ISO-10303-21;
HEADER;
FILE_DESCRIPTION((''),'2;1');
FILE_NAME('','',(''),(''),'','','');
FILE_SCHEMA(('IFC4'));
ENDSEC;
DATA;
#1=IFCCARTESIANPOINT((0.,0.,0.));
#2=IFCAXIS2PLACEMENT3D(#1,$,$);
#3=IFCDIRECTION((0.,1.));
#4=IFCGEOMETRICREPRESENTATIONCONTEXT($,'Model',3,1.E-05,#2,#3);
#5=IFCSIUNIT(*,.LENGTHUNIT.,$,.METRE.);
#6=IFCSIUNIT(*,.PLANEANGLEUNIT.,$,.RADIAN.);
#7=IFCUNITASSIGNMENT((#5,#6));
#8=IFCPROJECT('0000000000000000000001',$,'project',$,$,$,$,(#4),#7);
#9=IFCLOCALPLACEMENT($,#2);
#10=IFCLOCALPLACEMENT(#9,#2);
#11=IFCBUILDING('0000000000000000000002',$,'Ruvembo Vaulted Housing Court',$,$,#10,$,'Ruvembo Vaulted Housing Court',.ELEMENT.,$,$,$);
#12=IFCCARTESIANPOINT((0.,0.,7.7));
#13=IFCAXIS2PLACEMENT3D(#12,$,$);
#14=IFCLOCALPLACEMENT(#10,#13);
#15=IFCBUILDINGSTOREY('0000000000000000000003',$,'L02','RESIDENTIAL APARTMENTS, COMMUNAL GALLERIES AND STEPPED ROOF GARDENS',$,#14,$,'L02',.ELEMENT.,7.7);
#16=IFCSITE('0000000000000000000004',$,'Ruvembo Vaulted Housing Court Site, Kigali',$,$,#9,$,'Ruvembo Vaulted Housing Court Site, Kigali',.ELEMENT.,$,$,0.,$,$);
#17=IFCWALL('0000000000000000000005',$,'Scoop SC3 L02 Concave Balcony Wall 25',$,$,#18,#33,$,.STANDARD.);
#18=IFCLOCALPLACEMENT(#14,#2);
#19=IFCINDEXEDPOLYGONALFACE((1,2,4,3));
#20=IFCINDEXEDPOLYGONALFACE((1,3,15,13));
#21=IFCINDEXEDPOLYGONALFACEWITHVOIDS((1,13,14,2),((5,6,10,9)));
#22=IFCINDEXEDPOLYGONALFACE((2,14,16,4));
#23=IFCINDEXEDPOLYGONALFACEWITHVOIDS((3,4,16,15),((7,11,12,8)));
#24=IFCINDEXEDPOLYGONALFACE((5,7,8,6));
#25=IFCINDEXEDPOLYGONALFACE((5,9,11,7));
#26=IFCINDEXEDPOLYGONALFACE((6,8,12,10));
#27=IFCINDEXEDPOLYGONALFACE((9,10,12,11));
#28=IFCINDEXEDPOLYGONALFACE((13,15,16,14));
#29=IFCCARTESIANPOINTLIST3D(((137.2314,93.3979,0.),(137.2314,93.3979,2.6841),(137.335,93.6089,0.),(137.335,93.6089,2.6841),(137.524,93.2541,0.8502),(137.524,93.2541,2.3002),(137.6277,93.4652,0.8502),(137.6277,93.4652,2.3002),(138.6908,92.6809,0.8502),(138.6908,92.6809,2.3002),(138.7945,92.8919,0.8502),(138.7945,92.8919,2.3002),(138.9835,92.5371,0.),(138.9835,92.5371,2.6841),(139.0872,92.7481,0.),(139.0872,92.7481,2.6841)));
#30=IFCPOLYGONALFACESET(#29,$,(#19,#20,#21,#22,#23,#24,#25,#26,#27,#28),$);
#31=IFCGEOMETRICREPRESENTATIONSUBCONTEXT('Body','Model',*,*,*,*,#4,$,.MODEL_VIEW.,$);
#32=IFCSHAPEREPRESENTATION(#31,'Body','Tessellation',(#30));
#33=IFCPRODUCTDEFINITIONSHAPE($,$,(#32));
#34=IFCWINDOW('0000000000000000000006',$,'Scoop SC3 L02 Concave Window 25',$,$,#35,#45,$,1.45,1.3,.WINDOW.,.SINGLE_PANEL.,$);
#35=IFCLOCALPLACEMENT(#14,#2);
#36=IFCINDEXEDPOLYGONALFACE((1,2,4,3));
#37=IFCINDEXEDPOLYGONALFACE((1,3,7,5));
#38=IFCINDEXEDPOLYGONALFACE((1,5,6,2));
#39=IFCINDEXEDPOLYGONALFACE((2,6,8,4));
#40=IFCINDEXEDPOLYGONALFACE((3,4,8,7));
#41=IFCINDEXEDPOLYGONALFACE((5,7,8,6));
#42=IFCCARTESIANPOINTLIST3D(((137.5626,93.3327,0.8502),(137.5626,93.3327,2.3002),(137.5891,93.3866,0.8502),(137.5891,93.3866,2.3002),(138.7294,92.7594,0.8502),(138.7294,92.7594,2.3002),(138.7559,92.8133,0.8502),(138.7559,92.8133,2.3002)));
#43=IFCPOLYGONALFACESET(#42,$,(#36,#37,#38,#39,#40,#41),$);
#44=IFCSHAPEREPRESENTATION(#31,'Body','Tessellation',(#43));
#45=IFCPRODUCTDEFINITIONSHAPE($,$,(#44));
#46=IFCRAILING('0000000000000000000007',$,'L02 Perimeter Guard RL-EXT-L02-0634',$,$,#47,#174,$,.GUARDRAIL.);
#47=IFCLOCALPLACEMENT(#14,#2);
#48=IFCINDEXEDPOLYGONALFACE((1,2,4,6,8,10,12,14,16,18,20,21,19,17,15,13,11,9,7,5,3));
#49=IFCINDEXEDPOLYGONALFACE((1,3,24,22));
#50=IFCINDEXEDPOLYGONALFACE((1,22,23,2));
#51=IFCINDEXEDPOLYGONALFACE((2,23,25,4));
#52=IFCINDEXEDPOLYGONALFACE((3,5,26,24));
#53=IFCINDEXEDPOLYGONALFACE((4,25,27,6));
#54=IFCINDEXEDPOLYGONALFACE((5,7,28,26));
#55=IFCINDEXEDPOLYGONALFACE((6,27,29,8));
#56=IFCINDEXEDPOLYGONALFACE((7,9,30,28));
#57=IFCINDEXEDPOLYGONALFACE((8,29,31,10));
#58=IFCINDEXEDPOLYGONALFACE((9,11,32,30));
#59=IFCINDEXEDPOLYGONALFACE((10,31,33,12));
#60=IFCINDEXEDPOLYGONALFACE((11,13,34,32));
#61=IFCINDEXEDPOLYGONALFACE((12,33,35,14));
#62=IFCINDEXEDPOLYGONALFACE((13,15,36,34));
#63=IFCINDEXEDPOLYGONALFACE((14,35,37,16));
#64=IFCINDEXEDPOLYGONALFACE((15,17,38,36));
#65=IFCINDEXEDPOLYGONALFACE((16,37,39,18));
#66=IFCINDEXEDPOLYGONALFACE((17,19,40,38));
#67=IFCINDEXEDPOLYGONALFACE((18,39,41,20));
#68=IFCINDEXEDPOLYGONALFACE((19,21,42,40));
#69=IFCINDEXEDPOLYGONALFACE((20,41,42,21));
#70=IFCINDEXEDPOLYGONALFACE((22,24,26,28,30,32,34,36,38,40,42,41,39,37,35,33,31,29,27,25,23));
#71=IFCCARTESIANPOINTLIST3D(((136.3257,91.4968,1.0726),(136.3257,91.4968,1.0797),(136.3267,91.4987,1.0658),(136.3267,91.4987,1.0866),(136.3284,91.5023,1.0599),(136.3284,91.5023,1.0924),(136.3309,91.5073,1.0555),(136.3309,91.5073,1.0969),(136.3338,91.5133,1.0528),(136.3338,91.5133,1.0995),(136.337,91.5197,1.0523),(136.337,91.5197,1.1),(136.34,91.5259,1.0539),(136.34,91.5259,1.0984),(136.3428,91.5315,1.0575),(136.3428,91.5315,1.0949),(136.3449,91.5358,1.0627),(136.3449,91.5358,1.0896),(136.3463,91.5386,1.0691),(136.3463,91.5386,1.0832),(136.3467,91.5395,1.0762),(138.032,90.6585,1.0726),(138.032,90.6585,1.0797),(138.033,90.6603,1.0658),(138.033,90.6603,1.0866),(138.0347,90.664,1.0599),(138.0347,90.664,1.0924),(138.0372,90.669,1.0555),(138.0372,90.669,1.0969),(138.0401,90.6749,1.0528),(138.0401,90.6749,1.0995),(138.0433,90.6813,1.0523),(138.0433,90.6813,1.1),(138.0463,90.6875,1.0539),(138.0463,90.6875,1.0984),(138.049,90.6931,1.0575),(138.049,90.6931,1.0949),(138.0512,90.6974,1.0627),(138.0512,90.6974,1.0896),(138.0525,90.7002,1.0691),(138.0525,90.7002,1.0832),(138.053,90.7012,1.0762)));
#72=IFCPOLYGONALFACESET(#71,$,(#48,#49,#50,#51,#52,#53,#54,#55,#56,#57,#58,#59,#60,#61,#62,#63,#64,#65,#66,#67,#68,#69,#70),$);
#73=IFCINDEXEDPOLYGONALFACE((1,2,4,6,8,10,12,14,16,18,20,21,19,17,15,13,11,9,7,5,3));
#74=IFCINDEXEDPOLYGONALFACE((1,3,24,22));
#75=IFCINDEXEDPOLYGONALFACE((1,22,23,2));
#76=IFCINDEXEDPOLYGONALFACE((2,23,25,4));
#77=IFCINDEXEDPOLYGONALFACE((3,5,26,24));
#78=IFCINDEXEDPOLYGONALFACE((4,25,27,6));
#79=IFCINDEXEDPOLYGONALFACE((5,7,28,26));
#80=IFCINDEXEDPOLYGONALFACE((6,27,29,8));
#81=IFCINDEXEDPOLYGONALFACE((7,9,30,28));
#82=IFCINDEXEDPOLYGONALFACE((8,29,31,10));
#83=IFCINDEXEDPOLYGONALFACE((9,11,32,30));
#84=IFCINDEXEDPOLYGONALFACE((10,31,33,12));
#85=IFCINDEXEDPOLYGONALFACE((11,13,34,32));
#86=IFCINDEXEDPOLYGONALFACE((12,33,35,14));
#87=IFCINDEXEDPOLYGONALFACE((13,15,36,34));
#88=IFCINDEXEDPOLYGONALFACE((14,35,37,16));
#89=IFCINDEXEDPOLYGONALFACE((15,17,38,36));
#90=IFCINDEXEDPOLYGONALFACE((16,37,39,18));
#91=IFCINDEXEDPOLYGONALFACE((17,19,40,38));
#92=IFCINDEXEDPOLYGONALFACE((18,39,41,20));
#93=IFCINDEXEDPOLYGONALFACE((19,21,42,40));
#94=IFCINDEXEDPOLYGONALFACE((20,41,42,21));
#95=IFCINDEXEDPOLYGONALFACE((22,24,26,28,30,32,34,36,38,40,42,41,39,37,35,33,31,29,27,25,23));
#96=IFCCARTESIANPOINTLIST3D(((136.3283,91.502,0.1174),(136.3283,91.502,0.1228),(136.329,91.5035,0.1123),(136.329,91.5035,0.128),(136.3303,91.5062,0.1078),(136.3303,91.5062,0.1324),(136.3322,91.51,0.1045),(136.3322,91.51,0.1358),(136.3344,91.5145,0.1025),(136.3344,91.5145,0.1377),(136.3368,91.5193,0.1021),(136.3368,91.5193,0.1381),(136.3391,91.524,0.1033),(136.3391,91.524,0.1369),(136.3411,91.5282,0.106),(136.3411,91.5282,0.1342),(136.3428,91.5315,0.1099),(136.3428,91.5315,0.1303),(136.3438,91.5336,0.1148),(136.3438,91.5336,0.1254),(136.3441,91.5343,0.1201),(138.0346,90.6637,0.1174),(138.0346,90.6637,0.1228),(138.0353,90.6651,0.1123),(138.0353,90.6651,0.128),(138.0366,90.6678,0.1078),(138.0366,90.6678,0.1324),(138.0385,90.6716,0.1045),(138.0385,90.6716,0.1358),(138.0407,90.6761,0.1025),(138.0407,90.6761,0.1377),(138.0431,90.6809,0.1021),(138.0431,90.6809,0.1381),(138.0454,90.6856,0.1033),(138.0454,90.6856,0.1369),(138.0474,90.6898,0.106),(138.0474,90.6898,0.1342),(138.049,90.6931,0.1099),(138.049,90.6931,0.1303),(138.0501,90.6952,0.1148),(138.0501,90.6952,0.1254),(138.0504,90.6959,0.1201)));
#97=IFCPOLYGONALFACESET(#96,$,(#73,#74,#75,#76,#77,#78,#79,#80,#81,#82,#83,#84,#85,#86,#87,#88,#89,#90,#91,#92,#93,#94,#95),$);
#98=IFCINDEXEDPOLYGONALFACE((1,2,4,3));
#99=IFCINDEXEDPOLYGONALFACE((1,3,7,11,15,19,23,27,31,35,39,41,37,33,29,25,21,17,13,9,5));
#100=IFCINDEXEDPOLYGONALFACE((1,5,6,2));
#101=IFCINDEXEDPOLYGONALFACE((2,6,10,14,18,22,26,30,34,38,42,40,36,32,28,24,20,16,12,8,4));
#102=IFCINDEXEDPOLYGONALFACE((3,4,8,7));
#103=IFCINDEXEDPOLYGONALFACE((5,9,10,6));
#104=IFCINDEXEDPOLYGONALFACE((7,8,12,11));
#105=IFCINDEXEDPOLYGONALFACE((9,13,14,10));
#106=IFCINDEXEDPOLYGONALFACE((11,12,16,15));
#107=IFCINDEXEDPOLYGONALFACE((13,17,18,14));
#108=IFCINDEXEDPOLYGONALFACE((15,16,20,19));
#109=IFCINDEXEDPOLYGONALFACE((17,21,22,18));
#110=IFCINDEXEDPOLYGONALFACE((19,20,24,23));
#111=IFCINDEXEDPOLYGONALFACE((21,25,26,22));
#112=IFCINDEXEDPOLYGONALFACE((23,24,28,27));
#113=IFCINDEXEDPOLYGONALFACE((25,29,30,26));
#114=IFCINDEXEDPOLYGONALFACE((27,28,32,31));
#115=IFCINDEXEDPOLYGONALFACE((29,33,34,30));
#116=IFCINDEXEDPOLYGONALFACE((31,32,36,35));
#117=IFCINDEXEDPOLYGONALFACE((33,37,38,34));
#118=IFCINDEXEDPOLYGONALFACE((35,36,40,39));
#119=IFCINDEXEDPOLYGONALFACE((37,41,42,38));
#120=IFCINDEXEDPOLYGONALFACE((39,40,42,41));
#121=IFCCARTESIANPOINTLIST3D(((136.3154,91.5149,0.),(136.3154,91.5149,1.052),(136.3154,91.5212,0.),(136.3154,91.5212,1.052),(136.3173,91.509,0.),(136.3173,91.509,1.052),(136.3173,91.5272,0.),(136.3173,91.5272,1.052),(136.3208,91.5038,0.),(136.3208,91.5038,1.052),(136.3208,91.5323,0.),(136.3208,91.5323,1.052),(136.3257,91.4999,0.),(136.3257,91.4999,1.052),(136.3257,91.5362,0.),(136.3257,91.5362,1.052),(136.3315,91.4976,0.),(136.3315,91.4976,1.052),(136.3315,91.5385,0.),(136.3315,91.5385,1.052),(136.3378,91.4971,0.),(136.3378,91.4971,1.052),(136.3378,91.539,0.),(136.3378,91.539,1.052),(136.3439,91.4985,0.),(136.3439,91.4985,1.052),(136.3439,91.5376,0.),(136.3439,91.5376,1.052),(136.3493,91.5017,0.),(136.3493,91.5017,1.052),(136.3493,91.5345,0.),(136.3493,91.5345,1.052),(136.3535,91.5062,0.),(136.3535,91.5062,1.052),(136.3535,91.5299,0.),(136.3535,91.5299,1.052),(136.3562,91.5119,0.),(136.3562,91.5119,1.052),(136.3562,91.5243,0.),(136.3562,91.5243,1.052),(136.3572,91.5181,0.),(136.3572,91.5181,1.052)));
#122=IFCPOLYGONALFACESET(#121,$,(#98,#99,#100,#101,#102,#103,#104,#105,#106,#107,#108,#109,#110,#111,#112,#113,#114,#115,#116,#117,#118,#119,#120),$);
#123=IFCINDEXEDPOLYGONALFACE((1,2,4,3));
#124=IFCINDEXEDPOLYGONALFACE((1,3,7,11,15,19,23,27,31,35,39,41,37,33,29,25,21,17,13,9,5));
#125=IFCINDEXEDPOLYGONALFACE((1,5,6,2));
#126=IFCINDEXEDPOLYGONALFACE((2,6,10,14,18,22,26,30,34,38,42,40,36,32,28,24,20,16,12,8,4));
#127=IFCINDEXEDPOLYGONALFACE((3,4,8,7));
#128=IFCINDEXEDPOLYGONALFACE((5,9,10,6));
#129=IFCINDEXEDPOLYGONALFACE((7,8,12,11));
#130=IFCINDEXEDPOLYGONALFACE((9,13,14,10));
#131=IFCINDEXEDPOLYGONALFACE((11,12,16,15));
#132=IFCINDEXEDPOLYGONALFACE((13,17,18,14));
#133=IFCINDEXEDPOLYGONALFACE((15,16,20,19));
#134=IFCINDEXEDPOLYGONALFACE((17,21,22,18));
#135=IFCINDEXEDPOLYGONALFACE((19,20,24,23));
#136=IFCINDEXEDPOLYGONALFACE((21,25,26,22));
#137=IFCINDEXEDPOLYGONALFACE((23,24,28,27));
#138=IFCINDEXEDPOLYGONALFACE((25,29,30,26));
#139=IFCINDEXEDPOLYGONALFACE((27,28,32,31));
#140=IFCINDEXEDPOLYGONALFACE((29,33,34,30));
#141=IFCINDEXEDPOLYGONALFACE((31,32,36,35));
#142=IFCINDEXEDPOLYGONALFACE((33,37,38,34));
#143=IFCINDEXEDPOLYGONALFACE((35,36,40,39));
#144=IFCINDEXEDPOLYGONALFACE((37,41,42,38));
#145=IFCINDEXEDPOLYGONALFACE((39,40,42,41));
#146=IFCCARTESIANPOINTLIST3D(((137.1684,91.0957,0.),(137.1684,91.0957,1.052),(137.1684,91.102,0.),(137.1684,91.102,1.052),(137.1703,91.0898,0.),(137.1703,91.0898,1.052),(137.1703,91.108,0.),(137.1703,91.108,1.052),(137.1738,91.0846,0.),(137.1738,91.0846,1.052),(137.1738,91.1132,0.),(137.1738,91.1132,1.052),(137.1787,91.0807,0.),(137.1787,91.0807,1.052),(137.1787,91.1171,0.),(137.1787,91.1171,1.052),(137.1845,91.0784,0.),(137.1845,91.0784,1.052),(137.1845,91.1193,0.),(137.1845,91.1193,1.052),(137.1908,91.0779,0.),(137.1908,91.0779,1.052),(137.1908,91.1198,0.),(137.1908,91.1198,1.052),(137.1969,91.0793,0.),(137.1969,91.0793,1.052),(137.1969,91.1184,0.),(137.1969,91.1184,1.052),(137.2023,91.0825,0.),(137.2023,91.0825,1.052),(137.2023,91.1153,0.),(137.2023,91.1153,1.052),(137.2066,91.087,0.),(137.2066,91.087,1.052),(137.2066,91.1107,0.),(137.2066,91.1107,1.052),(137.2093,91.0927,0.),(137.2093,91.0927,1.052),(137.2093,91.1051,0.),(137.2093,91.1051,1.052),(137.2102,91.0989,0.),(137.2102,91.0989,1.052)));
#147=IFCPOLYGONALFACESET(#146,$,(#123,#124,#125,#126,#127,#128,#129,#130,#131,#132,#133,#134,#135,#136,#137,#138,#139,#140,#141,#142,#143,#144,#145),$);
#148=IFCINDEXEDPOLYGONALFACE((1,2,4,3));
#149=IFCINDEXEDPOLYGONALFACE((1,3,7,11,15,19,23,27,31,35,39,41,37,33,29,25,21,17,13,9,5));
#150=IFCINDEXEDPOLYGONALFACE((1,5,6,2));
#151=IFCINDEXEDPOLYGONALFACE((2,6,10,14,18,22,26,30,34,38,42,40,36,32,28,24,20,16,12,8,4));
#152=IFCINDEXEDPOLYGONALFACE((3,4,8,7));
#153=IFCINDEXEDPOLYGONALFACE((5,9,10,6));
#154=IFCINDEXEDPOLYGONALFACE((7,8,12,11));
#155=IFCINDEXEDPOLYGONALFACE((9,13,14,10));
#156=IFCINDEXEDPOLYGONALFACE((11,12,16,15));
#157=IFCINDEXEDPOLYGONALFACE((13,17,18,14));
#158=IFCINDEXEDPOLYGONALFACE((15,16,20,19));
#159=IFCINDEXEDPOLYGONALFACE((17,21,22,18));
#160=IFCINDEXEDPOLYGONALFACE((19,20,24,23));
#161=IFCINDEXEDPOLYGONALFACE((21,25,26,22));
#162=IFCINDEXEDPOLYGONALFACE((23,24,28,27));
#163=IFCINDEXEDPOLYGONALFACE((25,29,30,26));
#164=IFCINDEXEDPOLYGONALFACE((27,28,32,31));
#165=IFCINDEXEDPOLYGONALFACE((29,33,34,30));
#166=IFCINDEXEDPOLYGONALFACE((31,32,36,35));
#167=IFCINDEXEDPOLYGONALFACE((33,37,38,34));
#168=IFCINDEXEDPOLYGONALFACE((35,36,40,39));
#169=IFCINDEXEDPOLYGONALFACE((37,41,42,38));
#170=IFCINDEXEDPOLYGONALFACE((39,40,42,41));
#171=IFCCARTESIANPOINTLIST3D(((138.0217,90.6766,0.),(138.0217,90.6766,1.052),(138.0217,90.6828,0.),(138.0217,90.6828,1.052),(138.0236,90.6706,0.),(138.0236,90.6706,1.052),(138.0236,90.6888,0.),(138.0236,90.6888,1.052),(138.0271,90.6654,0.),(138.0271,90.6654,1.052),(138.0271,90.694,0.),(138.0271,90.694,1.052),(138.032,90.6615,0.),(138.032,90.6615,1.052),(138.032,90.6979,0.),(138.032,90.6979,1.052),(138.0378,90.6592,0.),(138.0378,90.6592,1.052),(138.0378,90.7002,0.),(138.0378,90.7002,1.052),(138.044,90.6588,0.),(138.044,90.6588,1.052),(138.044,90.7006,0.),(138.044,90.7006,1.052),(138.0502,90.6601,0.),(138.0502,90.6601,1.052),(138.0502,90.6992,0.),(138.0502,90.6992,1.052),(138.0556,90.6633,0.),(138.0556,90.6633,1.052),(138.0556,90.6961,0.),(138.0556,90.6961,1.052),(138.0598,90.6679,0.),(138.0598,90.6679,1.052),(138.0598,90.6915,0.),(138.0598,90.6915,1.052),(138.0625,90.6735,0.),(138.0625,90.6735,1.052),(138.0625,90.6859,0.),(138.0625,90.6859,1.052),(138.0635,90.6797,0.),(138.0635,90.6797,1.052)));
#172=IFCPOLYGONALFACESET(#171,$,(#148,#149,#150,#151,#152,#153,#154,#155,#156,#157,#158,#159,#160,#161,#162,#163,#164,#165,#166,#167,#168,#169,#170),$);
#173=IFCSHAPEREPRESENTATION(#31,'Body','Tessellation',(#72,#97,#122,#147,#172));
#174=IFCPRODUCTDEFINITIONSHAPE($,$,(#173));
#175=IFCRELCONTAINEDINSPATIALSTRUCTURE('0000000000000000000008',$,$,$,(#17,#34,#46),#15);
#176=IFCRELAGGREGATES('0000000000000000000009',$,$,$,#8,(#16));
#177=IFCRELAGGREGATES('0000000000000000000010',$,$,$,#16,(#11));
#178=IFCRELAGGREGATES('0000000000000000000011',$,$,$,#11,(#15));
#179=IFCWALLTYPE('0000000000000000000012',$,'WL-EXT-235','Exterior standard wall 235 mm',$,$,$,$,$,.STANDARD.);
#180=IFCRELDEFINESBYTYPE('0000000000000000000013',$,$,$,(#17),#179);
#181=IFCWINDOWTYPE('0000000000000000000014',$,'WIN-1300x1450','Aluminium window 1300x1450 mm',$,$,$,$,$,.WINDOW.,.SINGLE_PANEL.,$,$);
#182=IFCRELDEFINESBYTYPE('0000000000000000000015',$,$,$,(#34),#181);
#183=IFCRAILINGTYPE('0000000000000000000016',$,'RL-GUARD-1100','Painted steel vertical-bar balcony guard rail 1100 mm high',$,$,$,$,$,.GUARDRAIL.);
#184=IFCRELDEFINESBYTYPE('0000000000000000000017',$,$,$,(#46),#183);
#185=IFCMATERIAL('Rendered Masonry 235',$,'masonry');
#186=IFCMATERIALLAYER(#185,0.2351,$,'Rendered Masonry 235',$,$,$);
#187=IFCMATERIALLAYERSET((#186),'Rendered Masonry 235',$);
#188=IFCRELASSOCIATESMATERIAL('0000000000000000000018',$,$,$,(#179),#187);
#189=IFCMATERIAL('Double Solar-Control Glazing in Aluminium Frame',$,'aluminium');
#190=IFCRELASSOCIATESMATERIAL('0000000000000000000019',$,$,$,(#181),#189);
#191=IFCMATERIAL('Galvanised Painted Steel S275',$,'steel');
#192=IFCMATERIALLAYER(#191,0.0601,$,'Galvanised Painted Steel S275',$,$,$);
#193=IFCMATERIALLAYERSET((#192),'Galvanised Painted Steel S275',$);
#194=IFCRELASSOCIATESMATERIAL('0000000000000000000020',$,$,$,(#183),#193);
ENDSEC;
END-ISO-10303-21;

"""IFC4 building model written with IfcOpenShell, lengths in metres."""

from ifc_helpers import new_model, si_unit, direction, frame, frame_2d, origin, origin_2d, place, context, subcontext, project, spatial, rectangle, circle, extrude, material, layer, layer_set, type_object, element, fill, save


model = new_model("IFC4")

# Units and contexts
model_context = context("Model", 3, precision=1e-05, world=origin(), true_north=direction((0.0, 1.0)))
body_context = subcontext(model_context, "Body", "Model", "MODEL_VIEW")
ifc_project = project(units=[si_unit("LENGTHUNIT", "METRE"), si_unit("PLANEANGLEUNIT", "RADIAN")], contexts=[model_context])

# Site, building, storey
site_placement = place(None, origin())
site = spatial("IfcSite", under=ifc_project, at=site_placement, Name="Ruvembo Vaulted Housing Court Site, Kigali", LongName="Ruvembo Vaulted Housing Court Site, Kigali", CompositionType="ELEMENT", RefElevation=0.0)
building_placement = place(site_placement, origin())
building = spatial("IfcBuilding", under=site, at=building_placement, Name="Ruvembo Vaulted Housing Court", LongName="Ruvembo Vaulted Housing Court", CompositionType="ELEMENT")
storey_placement = place(building_placement, frame((0.0, 0.0, 7.7)))
storey = spatial("IfcBuildingStorey", under=building, at=storey_placement, Name="L02", Description="RESIDENTIAL APARTMENTS, COMMUNAL GALLERIES AND STEPPED ROOF GARDENS", LongName="L02", CompositionType="ELEMENT", Elevation=7.7)

# Wall, opening, window
ifc_material_1 = material(Name="Rendered Masonry 235", Category="masonry")
ifc_layer_1 = layer(ifc_material_1, 0.2351, Name="Rendered Masonry 235")
ifc_layer_set_1 = layer_set([ifc_layer_1], Name="Rendered Masonry 235")
wall_type_1 = type_object("IfcWallType", Name="WL-EXT-235", Description="Exterior standard wall 235 mm", PredefinedType="STANDARD", material=ifc_layer_set_1)
ifc_material_2 = material(Name="Double Solar-Control Glazing in Aluminium Frame", Category="aluminium")
wall_1_placement = place(storey_placement, frame((137.2832, 93.5034, 0.0), z_axis=(0.0, 0.0, 1.0), x_axis=(0.897532, -0.44095, 0.0)))
wall_1 = element("IfcWall", 1, at=wall_1_placement, inside=storey, type_object=wall_type_1, Name="Scoop SC3 L02 Concave Balcony Wall 25", PredefinedType="STANDARD", context=body_context, shape_type="SweptSolid", body=[
    extrude(rectangle(XDim=1.9521, YDim=0.2351, at=frame_2d((0.9761, 0.0))), origin(), (0.0, 0.0, 1.0), 2.6841),
])
opening_1_placement = place(wall_1_placement, frame((0.3262, 0.0, 0.8501)))
opening_1 = element("IfcOpeningElement", 2, at=opening_1_placement, cuts=wall_1, PredefinedType="OPENING", context=body_context, shape_type="SweptSolid", body=[
    extrude(rectangle(XDim=1.3, YDim=1.45, at=frame_2d((0.6499, 0.7251))), frame((0.0, 0.1274, 0.0), z_axis=(0.0, -1.0, 0.0), x_axis=(1.0, 0.0, 0.0)), (0.0, 0.0, 1.0), 0.2551),
])
window_type_1 = type_object("IfcWindowType", Name="WIN-1300x1450", Description="Aluminium window 1300x1450 mm", PartitioningType="SINGLE_PANEL", PredefinedType="WINDOW", material=ifc_material_2)
window_1_placement = place(opening_1_placement, origin())
window_1 = element("IfcWindow", 3, at=window_1_placement, inside=storey, type_object=window_type_1, Name="Scoop SC3 L02 Concave Window 25", OverallHeight=1.45, OverallWidth=1.3, PartitioningType="SINGLE_PANEL", PredefinedType="WINDOW", context=body_context, shape_type="SweptSolid", body=[
    extrude(rectangle(XDim=1.3, YDim=1.45, at=frame_2d((0.6499, 0.7251))), frame((0.0, 0.03, 0.0), z_axis=(0.0, -1.0, 0.0), x_axis=(1.0, 0.0, 0.0)), (0.0, 0.0, 1.0), 0.0601),
])
fill(opening_1, window_1)

# Railing
ifc_material_3 = material(Name="Galvanised Painted Steel S275", Category="steel")
ifc_layer_2 = layer(ifc_material_3, 0.0601, Name="Galvanised Painted Steel S275")
ifc_layer_set_2 = layer_set([ifc_layer_2], Name="Galvanised Painted Steel S275")
railing_type = type_object("IfcRailingType", Name="RL-GUARD-1100", Description="Painted steel vertical-bar balcony guard rail 1100 mm high", PredefinedType="GUARDRAIL", material=ifc_layer_set_2)
railing_1_placement = place(storey_placement, frame((136.3362, 91.5181, 0.0)))
element("IfcRailing", 4, at=railing_1_placement, inside=storey, type_object=railing_type, Name="L02 Perimeter Guard RL-EXT-L02-0634", PredefinedType="GUARDRAIL", context=body_context, shape_type="SweptSolid", body=[
    extrude(circle(Radius=0.0239, at=origin_2d()), frame((0.0, 0.0, 1.0762), z_axis=(0.897513, -0.440987, 0.0), x_axis=(0.440987, 0.897513, 0.0)), (0.0, 0.0, 1.0), 1.9011),
    extrude(circle(Radius=0.0181, at=origin_2d()), frame((0.0, 0.0, 0.1201), z_axis=(0.897513, -0.440987, 0.0), x_axis=(0.440987, 0.897513, 0.0)), (0.0, 0.0, 1.0), 1.9011),
    extrude(circle(Radius=0.021, at=origin_2d()), origin(), (0.0, 0.0, 1.0), 1.052),
    extrude(circle(Radius=0.021, at=origin_2d()), frame((0.853, -0.4192, 0.0)), (0.0, 0.0, 1.0), 1.052),
    extrude(circle(Radius=0.021, at=origin_2d()), frame((1.7063, -0.8384, 0.0)), (0.0, 0.0, 1.0), 1.052),
])

save(model, "model.ifc")
